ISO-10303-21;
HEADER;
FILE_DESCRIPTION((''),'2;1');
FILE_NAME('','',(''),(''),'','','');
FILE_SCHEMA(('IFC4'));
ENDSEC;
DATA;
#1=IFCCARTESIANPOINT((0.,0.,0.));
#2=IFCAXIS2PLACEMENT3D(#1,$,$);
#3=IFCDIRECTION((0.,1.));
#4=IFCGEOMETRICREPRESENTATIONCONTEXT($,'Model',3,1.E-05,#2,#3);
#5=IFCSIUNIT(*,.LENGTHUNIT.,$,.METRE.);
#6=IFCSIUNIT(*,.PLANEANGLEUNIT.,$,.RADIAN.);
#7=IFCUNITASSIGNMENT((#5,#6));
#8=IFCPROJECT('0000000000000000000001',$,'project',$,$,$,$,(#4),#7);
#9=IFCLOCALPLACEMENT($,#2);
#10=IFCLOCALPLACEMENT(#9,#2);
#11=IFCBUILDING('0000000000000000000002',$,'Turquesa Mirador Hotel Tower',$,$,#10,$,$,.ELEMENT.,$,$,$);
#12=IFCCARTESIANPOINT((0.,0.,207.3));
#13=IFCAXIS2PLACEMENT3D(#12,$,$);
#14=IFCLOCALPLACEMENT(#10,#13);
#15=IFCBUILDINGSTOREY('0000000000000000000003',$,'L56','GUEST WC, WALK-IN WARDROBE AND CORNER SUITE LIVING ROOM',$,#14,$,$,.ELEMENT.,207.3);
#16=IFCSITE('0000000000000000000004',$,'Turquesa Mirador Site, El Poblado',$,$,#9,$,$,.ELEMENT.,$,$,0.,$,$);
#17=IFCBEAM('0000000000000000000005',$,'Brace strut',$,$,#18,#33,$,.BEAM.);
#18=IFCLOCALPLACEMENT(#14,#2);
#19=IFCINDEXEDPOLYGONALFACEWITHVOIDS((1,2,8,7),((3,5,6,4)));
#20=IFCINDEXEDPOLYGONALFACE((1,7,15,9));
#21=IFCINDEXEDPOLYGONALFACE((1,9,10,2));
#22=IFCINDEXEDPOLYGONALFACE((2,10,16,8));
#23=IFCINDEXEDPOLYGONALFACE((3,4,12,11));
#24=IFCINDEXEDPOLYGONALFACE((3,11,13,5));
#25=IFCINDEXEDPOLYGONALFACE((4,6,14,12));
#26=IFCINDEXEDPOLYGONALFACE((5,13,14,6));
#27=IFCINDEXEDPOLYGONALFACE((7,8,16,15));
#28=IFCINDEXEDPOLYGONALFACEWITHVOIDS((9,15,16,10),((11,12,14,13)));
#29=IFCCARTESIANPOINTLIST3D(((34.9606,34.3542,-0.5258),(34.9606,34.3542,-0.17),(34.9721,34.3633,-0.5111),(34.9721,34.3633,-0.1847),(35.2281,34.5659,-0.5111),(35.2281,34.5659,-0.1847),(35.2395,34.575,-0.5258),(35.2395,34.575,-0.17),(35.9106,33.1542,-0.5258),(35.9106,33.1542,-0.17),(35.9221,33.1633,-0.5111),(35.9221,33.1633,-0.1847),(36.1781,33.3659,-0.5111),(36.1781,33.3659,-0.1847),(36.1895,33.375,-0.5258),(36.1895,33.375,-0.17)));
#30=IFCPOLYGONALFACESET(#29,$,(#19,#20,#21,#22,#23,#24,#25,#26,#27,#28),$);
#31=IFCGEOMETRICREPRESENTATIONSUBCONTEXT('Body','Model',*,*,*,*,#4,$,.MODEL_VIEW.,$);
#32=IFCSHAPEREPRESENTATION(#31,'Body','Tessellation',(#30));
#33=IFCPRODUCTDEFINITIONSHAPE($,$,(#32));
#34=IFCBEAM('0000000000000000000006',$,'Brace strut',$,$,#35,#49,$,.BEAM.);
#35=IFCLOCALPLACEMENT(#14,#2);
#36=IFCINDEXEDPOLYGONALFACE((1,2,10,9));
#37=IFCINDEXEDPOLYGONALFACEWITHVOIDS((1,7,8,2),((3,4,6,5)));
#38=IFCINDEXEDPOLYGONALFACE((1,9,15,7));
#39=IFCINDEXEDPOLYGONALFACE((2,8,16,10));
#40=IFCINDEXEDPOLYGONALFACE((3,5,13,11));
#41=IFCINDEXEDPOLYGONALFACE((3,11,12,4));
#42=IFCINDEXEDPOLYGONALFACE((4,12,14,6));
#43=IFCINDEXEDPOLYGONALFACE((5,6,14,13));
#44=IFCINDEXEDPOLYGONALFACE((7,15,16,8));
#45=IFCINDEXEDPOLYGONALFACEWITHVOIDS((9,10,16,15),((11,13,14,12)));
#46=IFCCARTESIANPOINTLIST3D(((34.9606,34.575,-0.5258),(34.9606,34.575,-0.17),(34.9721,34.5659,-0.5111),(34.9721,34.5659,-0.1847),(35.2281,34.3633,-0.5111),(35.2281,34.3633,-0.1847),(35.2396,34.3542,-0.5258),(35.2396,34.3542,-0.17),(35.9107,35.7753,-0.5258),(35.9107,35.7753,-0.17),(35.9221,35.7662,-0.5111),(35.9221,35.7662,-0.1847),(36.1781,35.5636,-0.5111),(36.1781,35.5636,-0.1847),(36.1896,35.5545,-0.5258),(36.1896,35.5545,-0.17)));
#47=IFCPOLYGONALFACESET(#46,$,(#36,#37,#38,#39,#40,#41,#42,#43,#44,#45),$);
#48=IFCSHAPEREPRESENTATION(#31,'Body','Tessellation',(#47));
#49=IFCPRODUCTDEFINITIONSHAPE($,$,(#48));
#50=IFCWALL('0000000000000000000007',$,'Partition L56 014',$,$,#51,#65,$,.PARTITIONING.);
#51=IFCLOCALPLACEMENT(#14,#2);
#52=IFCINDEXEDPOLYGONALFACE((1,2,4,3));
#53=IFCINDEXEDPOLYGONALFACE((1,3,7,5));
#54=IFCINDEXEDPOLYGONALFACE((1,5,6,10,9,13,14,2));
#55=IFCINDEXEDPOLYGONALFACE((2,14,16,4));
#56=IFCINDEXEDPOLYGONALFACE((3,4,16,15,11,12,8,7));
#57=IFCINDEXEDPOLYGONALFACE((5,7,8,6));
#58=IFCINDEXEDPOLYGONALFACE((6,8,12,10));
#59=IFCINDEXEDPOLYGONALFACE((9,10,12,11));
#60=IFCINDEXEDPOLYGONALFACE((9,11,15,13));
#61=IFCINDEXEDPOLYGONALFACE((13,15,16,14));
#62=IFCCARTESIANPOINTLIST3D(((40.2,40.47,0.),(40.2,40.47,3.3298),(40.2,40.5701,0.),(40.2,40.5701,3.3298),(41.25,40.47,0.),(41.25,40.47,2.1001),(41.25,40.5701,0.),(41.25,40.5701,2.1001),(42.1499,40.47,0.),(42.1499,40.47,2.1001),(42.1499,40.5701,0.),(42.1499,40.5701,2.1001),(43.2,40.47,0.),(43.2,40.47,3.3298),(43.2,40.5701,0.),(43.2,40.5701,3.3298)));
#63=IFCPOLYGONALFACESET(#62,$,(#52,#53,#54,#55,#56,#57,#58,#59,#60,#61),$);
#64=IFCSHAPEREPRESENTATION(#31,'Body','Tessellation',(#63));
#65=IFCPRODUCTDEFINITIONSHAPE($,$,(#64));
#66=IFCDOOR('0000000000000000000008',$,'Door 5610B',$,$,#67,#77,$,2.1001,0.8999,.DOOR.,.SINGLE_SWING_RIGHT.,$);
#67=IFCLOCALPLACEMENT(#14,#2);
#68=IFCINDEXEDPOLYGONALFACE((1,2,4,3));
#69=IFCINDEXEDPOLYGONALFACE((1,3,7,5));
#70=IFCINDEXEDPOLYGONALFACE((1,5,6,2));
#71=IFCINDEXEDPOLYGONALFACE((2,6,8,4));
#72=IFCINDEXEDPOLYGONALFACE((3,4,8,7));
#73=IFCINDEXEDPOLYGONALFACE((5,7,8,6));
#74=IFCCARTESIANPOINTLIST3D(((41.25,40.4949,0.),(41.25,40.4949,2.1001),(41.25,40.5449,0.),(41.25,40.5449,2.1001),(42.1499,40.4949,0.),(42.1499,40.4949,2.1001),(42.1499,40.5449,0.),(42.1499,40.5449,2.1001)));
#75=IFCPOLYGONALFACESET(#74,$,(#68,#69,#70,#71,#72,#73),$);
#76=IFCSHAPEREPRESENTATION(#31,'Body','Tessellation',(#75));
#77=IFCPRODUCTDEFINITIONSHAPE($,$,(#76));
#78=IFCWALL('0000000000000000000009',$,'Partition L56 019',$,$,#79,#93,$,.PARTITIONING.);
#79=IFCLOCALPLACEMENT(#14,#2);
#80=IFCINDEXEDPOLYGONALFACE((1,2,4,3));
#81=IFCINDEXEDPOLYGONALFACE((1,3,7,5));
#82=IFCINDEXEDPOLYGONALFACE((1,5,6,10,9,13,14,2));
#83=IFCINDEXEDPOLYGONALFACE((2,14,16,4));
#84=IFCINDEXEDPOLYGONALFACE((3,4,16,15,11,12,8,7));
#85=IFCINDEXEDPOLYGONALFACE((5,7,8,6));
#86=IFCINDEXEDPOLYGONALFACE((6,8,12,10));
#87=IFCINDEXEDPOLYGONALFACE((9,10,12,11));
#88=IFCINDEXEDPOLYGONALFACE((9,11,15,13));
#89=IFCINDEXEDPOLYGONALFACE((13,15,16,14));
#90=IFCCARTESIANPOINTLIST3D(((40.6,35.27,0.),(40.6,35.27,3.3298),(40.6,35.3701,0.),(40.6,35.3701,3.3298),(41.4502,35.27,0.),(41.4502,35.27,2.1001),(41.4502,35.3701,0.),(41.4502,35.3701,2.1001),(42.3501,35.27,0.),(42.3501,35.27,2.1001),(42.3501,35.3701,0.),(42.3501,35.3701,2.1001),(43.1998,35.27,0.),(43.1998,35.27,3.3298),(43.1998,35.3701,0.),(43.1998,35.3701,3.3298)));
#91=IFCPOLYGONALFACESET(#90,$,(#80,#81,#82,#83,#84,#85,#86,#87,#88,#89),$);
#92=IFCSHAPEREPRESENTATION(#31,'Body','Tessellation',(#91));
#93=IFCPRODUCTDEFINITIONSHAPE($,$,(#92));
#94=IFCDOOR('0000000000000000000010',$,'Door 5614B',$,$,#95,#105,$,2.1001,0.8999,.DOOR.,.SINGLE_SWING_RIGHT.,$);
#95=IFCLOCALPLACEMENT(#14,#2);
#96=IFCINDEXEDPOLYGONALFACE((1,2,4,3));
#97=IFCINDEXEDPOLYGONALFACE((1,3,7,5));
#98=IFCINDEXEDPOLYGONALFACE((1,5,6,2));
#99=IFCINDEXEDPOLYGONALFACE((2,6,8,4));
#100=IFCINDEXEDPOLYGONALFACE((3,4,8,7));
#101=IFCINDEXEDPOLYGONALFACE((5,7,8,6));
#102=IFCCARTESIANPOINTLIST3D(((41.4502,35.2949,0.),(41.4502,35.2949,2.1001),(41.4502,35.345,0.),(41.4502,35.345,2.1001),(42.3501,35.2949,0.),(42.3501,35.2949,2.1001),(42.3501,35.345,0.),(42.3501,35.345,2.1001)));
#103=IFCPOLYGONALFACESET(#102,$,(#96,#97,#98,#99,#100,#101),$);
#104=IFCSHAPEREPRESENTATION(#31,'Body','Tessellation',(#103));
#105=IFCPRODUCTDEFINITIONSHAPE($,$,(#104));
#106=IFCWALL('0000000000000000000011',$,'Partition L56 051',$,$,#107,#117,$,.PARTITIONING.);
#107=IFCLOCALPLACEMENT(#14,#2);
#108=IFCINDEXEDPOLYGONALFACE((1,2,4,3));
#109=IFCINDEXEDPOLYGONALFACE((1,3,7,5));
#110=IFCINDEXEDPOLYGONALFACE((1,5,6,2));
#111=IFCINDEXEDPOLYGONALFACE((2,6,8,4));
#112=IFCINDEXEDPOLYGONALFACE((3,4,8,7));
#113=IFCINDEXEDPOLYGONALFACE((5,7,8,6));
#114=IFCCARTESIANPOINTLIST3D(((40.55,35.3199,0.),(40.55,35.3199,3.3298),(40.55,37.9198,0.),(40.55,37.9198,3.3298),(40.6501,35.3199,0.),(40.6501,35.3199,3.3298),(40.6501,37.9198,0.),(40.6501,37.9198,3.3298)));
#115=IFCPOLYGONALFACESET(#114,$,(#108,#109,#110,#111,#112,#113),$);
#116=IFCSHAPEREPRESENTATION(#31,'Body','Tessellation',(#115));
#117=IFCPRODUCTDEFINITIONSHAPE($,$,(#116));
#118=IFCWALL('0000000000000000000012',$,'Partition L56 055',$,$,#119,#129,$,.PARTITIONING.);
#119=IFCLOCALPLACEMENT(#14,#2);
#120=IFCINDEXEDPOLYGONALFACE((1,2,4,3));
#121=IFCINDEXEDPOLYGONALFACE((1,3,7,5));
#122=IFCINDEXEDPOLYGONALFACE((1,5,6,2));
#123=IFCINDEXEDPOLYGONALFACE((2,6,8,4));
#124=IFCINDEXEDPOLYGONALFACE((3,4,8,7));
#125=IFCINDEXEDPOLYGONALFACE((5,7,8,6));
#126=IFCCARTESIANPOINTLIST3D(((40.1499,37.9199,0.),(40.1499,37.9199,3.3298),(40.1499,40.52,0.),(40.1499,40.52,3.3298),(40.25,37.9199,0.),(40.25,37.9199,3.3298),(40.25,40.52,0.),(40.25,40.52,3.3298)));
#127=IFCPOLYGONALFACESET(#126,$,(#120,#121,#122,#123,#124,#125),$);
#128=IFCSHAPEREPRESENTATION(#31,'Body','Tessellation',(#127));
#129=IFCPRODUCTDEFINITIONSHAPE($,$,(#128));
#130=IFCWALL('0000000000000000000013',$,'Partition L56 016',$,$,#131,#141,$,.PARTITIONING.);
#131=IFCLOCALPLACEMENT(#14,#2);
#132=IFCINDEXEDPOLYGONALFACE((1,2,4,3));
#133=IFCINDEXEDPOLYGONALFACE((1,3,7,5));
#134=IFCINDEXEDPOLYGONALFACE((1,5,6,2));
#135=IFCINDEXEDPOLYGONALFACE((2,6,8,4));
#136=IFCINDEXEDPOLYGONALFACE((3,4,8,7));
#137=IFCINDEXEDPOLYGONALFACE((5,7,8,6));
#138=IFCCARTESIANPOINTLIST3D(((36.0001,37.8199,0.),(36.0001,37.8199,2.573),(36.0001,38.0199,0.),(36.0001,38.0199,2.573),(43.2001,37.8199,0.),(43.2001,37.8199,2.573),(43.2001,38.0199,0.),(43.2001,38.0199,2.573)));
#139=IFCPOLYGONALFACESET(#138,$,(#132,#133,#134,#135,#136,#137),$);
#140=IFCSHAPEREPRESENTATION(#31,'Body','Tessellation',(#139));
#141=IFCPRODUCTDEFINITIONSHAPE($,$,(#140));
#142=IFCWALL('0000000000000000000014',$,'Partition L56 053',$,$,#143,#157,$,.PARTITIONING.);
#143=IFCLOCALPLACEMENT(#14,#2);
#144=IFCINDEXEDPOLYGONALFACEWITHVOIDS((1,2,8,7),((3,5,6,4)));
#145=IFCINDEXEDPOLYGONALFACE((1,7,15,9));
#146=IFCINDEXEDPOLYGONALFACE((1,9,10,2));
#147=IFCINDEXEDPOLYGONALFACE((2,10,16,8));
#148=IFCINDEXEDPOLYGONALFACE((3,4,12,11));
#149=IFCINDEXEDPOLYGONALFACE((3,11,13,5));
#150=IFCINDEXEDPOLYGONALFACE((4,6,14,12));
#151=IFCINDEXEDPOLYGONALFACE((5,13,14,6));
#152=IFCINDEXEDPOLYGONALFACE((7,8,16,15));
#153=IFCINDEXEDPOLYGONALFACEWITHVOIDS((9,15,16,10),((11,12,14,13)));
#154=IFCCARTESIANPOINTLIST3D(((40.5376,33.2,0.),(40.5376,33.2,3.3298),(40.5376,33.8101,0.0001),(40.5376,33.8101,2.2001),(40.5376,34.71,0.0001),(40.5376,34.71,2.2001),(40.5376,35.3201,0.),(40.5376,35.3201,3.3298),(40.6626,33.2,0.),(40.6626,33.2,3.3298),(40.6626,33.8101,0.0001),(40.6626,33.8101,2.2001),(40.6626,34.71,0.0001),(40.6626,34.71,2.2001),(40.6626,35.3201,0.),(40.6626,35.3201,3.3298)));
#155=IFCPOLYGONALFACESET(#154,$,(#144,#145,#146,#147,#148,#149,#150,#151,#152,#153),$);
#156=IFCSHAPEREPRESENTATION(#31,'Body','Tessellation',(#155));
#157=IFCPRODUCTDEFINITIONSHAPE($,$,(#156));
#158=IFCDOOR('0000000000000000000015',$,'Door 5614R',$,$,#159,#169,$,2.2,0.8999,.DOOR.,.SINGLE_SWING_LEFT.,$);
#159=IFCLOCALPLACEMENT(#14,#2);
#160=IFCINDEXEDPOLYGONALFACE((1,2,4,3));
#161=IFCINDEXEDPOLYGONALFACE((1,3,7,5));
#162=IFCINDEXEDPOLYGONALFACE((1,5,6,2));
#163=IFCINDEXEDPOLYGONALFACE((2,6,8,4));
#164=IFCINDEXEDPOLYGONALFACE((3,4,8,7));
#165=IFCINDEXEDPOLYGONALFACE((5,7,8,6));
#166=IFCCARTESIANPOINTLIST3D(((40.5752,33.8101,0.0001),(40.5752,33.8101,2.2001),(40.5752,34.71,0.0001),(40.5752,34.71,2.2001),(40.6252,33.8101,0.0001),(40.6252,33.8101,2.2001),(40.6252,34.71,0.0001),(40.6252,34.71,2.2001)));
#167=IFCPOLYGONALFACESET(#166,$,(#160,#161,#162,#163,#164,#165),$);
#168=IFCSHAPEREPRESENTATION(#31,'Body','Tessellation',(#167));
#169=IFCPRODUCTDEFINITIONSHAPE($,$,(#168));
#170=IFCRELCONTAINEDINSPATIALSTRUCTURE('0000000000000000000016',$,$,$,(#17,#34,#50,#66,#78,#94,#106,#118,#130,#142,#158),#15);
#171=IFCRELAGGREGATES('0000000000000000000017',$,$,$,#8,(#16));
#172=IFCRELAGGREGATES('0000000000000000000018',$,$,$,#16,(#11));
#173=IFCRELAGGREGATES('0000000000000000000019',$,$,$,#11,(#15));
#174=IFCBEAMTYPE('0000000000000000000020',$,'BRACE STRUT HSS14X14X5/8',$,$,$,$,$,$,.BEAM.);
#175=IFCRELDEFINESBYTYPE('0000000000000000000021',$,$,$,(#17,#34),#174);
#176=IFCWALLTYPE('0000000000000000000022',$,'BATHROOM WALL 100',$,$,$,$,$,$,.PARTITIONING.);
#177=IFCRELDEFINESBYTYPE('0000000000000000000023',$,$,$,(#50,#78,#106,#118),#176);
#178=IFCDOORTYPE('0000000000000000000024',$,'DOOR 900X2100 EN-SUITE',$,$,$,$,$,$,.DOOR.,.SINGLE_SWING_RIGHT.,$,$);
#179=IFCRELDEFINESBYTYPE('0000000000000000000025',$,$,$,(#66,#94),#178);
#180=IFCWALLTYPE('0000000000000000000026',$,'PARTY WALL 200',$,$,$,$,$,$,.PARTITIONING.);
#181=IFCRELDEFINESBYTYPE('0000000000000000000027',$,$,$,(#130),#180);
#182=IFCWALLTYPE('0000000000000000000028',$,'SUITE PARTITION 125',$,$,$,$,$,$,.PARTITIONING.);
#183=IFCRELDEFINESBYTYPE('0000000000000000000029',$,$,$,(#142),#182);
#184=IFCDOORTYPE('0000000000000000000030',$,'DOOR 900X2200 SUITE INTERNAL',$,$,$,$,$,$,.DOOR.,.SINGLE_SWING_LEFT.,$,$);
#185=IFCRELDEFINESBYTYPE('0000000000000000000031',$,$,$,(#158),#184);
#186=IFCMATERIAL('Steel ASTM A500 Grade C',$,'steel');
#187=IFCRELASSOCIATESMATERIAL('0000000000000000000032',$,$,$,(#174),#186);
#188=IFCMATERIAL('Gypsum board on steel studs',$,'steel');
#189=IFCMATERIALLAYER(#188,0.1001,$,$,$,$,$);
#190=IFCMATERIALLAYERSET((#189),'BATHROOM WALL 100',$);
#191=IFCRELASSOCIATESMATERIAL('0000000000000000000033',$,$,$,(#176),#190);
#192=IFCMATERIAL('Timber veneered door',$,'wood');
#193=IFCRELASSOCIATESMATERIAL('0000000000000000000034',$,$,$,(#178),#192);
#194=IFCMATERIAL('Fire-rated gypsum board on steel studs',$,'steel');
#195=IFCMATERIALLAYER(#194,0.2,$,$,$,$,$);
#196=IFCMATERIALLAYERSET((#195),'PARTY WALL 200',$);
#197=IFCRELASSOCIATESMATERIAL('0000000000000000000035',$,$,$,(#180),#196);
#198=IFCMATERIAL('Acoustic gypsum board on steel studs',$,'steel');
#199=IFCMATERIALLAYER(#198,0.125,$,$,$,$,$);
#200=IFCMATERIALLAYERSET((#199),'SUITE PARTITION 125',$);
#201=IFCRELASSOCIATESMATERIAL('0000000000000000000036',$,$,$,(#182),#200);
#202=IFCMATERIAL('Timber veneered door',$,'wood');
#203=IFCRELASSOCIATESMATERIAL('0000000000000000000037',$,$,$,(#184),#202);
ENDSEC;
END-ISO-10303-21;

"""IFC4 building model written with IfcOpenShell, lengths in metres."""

from ifc_helpers import new_model, si_unit, direction, frame, frame_2d, origin, origin_2d, place, context, subcontext, project, spatial, rectangle, hollow_rectangle, extrude, material, layer, layer_set, material_profile, profile_set, type_object, element, fill, save


model = new_model("IFC4")

# Units and contexts
model_context = context("Model", 3, precision=1e-05, world=origin(), true_north=direction((0.0, 1.0)))
body_context = subcontext(model_context, "Body", "Model", "MODEL_VIEW")
ifc_project = project(units=[si_unit("LENGTHUNIT", "METRE"), si_unit("PLANEANGLEUNIT", "RADIAN")], contexts=[model_context])

# Site, building, storey
site_placement = place(None, origin())
site = spatial("IfcSite", under=ifc_project, at=site_placement, Name="Turquesa Mirador Site, El Poblado", CompositionType="ELEMENT", RefElevation=0.0)
building_placement = place(site_placement, origin())
building = spatial("IfcBuilding", under=site, at=building_placement, Name="Turquesa Mirador Hotel Tower", CompositionType="ELEMENT")
storey_placement = place(building_placement, frame((0.0, 0.0, 207.3)))
storey = spatial("IfcBuildingStorey", under=building, at=storey_placement, Name="L56", Description="GUEST WC, WALK-IN WARDROBE AND CORNER SUITE LIVING ROOM", CompositionType="ELEMENT", Elevation=207.3)

# Beams
ifc_material_1 = material(Name="Steel ASTM A500 Grade C", Category="steel")
ifc_material_profile_1 = material_profile(ifc_material_1, hollow_rectangle(XDim=0.3557, YDim=0.3557, WallThickness=0.0146, at=origin_2d()), Name="HSS14X14X5/8")
ifc_profile_set_1 = profile_set([ifc_material_profile_1], Name="Steel ASTM A500 Grade C")
beam_type_1 = type_object("IfcBeamType", Name="BRACE STRUT HSS14X14X5/8", PredefinedType="BEAM", material=ifc_profile_set_1)
beam_1_placement = place(storey_placement, frame((35.1001, 34.4646, -0.3479), z_axis=(0.620699, -0.784049, 0.0), x_axis=(0.784049, 0.620699, 0.0)))
element("IfcBeam", 1, at=beam_1_placement, inside=storey, type_object=beam_type_1, Name="Brace strut", PredefinedType="BEAM", context=body_context, shape_type="SweptSolid", body=[
    extrude(hollow_rectangle(XDim=0.3557, YDim=0.3557, WallThickness=0.0146, at=origin_2d()), origin(), (0.0, 0.0, 1.0), 1.5305),
])
beam_2_placement = place(storey_placement, frame((35.1001, 34.4646, -0.3479), z_axis=(0.620621, 0.784111, 0.0), x_axis=(-0.784111, 0.620621, 0.0)))
element("IfcBeam", 2, at=beam_2_placement, inside=storey, type_object=beam_type_1, Name="Brace strut", PredefinedType="BEAM", context=body_context, shape_type="SweptSolid", body=[
    extrude(hollow_rectangle(XDim=0.3557, YDim=0.3557, WallThickness=0.0146, at=origin_2d()), origin(), (0.0, 0.0, 1.0), 1.5308),
])

# Walls, openings, doors
ifc_material_2 = material(Name="Gypsum board on steel studs", Category="steel")
ifc_layer_1 = layer(ifc_material_2, 0.1001)
ifc_layer_set_1 = layer_set([ifc_layer_1], Name="BATHROOM WALL 100")
wall_type_1 = type_object("IfcWallType", Name="BATHROOM WALL 100", PredefinedType="PARTITIONING", material=ifc_layer_set_1)
wall_1_placement = place(storey_placement, frame((40.2, 40.52, 0.0), z_axis=(0.0, 0.0, 1.0), x_axis=(1.0, 0.0, 0.0)))
wall_1 = element("IfcWall", 3, at=wall_1_placement, inside=storey, type_object=wall_type_1, Name="Partition L56 014", PredefinedType="PARTITIONING", context=body_context, shape_type="SweptSolid", body=[
    extrude(rectangle(XDim=3.0, YDim=0.1001, at=frame_2d((1.5, 0.0))), origin(), (0.0, 0.0, 1.0), 3.3298),
])
opening_1_placement = place(wall_1_placement, frame((1.05, 0.0, 0.0)))
opening_1 = element("IfcOpeningElement", 4, at=opening_1_placement, cuts=wall_1, PredefinedType="OPENING", context=body_context, shape_type="SweptSolid", body=[
    extrude(rectangle(XDim=0.8999, YDim=2.1001, at=frame_2d((0.45, 1.05))), frame((0.0, 0.0601, 0.0), z_axis=(0.0, -1.0, 0.0), x_axis=(1.0, 0.0, 0.0)), (0.0, 0.0, 1.0), 0.1201),
])
ifc_material_3 = material(Name="Timber veneered door", Category="wood")
door_type_1 = type_object("IfcDoorType", Name="DOOR 900X2100 EN-SUITE", OperationType="SINGLE_SWING_RIGHT", PredefinedType="DOOR", material=ifc_material_3)
door_1_placement = place(opening_1_placement, origin())
door_1 = element("IfcDoor", 5, at=door_1_placement, inside=storey, type_object=door_type_1, Name="Door 5610B", OperationType="SINGLE_SWING_RIGHT", OverallHeight=2.1001, OverallWidth=0.8999, PredefinedType="DOOR", context=body_context, shape_type="SweptSolid", body=[
    extrude(rectangle(XDim=0.8999, YDim=2.1001, at=frame_2d((0.45, 1.05))), frame((0.0, 0.0249, 0.0), z_axis=(0.0, -1.0, 0.0), x_axis=(1.0, 0.0, 0.0)), (0.0, 0.0, 1.0), 0.05),
])
fill(opening_1, door_1)
wall_2_placement = place(storey_placement, frame((40.6001, 35.3201, 0.0), z_axis=(0.0, 0.0, 1.0), x_axis=(1.0, 0.0, 0.0)))
wall_2 = element("IfcWall", 6, at=wall_2_placement, inside=storey, type_object=wall_type_1, Name="Partition L56 019", PredefinedType="PARTITIONING", context=body_context, shape_type="SweptSolid", body=[
    extrude(rectangle(XDim=2.5999, YDim=0.1001, at=frame_2d((1.2998, 0.0))), origin(), (0.0, 0.0, 1.0), 3.3298),
])
opening_2_placement = place(wall_2_placement, frame((0.8501, 0.0, 0.0)))
opening_2 = element("IfcOpeningElement", 7, at=opening_2_placement, cuts=wall_2, PredefinedType="OPENING", context=body_context, shape_type="SweptSolid", body=[
    extrude(rectangle(XDim=0.8999, YDim=2.1001, at=frame_2d((0.45, 1.05))), frame((0.0, 0.0601, 0.0), z_axis=(0.0, -1.0, 0.0), x_axis=(1.0, 0.0, 0.0)), (0.0, 0.0, 1.0), 0.1201),
])
door_2_placement = place(opening_2_placement, origin())
door_2 = element("IfcDoor", 8, at=door_2_placement, inside=storey, type_object=door_type_1, Name="Door 5614B", OperationType="SINGLE_SWING_RIGHT", OverallHeight=2.1001, OverallWidth=0.8999, PredefinedType="DOOR", context=body_context, shape_type="SweptSolid", body=[
    extrude(rectangle(XDim=0.8999, YDim=2.1001, at=frame_2d((0.45, 1.05))), frame((0.0, 0.0249, 0.0), z_axis=(0.0, -1.0, 0.0), x_axis=(1.0, 0.0, 0.0)), (0.0, 0.0, 1.0), 0.05),
])
fill(opening_2, door_2)

# Walls
wall_3_placement = place(storey_placement, frame((40.6001, 35.3201, 0.0), z_axis=(0.0, 0.0, 1.0), x_axis=(0.0, 1.0, 0.0)))
element("IfcWall", 9, at=wall_3_placement, inside=storey, type_object=wall_type_1, Name="Partition L56 051", PredefinedType="PARTITIONING", context=body_context, shape_type="SweptSolid", body=[
    extrude(rectangle(XDim=2.5999, YDim=0.1001, at=frame_2d((1.2998, 0.0))), origin(), (0.0, 0.0, 1.0), 3.3298),
])
wall_4_placement = place(storey_placement, frame((40.2, 37.9199, 0.0), z_axis=(0.0, 0.0, 1.0), x_axis=(0.0, 1.0, 0.0)))
element("IfcWall", 10, at=wall_4_placement, inside=storey, type_object=wall_type_1, Name="Partition L56 055", PredefinedType="PARTITIONING", context=body_context, shape_type="SweptSolid", body=[
    extrude(rectangle(XDim=2.6001, YDim=0.1001, at=frame_2d((1.3, 0.0))), origin(), (0.0, 0.0, 1.0), 3.3298),
])
ifc_material_4 = material(Name="Fire-rated gypsum board on steel studs", Category="steel")
ifc_layer_2 = layer(ifc_material_4, 0.2)
ifc_layer_set_2 = layer_set([ifc_layer_2], Name="PARTY WALL 200")
wall_type_2 = type_object("IfcWallType", Name="PARTY WALL 200", PredefinedType="PARTITIONING", material=ifc_layer_set_2)
wall_5_placement = place(storey_placement, frame((36.0, 37.9199, 0.0), z_axis=(0.0, 0.0, 1.0), x_axis=(1.0, 0.0, 0.0)))
element("IfcWall", 11, at=wall_5_placement, inside=storey, type_object=wall_type_2, Name="Partition L56 016", PredefinedType="PARTITIONING", context=body_context, shape_type="SweptSolid", body=[
    extrude(rectangle(XDim=7.2, YDim=0.2, at=frame_2d((3.6001, 0.0))), origin(), (0.0, 0.0, 1.0), 2.573),
])

# Wall, opening, door
ifc_material_5 = material(Name="Acoustic gypsum board on steel studs", Category="steel")
ifc_layer_3 = layer(ifc_material_5, 0.125)
ifc_layer_set_3 = layer_set([ifc_layer_3], Name="SUITE PARTITION 125")
wall_type_3 = type_object("IfcWallType", Name="SUITE PARTITION 125", PredefinedType="PARTITIONING", material=ifc_layer_set_3)
wall_6_placement = place(storey_placement, frame((40.6001, 33.2, 0.0), z_axis=(0.0, 0.0, 1.0), x_axis=(0.0, 1.0, 0.0)))
wall_6 = element("IfcWall", 12, at=wall_6_placement, inside=storey, type_object=wall_type_3, Name="Partition L56 053", PredefinedType="PARTITIONING", context=body_context, shape_type="SweptSolid", body=[
    extrude(rectangle(XDim=2.1201, YDim=0.125, at=frame_2d((1.0601, 0.0))), origin(), (0.0, 0.0, 1.0), 3.3298),
])
opening_3_placement = place(wall_6_placement, frame((0.6101, 0.0, 0.0)))
opening_3 = element("IfcOpeningElement", 13, at=opening_3_placement, cuts=wall_6, PredefinedType="OPENING", context=body_context, shape_type="SweptSolid", body=[
    extrude(rectangle(XDim=0.8999, YDim=2.2, at=frame_2d((0.45, 1.1001))), frame((0.0, 0.0725, 0.0), z_axis=(0.0, -1.0, 0.0), x_axis=(1.0, 0.0, 0.0)), (0.0, 0.0, 1.0), 0.145),
])
ifc_material_6 = material(Name="Timber veneered door", Category="wood")
door_type_2 = type_object("IfcDoorType", Name="DOOR 900X2200 SUITE INTERNAL", OperationType="SINGLE_SWING_LEFT", PredefinedType="DOOR", material=ifc_material_6)
door_3_placement = place(opening_3_placement, origin())
door_3 = element("IfcDoor", 14, at=door_3_placement, inside=storey, type_object=door_type_2, Name="Door 5614R", OperationType="SINGLE_SWING_LEFT", OverallHeight=2.2, OverallWidth=0.8999, PredefinedType="DOOR", context=body_context, shape_type="SweptSolid", body=[
    extrude(rectangle(XDim=0.8999, YDim=2.2, at=frame_2d((0.45, 1.1001))), frame((0.0, 0.0249, 0.0), z_axis=(0.0, -1.0, 0.0), x_axis=(1.0, 0.0, 0.0)), (0.0, 0.0, 1.0), 0.05),
])
fill(opening_3, door_3)

save(model, "model.ifc")
